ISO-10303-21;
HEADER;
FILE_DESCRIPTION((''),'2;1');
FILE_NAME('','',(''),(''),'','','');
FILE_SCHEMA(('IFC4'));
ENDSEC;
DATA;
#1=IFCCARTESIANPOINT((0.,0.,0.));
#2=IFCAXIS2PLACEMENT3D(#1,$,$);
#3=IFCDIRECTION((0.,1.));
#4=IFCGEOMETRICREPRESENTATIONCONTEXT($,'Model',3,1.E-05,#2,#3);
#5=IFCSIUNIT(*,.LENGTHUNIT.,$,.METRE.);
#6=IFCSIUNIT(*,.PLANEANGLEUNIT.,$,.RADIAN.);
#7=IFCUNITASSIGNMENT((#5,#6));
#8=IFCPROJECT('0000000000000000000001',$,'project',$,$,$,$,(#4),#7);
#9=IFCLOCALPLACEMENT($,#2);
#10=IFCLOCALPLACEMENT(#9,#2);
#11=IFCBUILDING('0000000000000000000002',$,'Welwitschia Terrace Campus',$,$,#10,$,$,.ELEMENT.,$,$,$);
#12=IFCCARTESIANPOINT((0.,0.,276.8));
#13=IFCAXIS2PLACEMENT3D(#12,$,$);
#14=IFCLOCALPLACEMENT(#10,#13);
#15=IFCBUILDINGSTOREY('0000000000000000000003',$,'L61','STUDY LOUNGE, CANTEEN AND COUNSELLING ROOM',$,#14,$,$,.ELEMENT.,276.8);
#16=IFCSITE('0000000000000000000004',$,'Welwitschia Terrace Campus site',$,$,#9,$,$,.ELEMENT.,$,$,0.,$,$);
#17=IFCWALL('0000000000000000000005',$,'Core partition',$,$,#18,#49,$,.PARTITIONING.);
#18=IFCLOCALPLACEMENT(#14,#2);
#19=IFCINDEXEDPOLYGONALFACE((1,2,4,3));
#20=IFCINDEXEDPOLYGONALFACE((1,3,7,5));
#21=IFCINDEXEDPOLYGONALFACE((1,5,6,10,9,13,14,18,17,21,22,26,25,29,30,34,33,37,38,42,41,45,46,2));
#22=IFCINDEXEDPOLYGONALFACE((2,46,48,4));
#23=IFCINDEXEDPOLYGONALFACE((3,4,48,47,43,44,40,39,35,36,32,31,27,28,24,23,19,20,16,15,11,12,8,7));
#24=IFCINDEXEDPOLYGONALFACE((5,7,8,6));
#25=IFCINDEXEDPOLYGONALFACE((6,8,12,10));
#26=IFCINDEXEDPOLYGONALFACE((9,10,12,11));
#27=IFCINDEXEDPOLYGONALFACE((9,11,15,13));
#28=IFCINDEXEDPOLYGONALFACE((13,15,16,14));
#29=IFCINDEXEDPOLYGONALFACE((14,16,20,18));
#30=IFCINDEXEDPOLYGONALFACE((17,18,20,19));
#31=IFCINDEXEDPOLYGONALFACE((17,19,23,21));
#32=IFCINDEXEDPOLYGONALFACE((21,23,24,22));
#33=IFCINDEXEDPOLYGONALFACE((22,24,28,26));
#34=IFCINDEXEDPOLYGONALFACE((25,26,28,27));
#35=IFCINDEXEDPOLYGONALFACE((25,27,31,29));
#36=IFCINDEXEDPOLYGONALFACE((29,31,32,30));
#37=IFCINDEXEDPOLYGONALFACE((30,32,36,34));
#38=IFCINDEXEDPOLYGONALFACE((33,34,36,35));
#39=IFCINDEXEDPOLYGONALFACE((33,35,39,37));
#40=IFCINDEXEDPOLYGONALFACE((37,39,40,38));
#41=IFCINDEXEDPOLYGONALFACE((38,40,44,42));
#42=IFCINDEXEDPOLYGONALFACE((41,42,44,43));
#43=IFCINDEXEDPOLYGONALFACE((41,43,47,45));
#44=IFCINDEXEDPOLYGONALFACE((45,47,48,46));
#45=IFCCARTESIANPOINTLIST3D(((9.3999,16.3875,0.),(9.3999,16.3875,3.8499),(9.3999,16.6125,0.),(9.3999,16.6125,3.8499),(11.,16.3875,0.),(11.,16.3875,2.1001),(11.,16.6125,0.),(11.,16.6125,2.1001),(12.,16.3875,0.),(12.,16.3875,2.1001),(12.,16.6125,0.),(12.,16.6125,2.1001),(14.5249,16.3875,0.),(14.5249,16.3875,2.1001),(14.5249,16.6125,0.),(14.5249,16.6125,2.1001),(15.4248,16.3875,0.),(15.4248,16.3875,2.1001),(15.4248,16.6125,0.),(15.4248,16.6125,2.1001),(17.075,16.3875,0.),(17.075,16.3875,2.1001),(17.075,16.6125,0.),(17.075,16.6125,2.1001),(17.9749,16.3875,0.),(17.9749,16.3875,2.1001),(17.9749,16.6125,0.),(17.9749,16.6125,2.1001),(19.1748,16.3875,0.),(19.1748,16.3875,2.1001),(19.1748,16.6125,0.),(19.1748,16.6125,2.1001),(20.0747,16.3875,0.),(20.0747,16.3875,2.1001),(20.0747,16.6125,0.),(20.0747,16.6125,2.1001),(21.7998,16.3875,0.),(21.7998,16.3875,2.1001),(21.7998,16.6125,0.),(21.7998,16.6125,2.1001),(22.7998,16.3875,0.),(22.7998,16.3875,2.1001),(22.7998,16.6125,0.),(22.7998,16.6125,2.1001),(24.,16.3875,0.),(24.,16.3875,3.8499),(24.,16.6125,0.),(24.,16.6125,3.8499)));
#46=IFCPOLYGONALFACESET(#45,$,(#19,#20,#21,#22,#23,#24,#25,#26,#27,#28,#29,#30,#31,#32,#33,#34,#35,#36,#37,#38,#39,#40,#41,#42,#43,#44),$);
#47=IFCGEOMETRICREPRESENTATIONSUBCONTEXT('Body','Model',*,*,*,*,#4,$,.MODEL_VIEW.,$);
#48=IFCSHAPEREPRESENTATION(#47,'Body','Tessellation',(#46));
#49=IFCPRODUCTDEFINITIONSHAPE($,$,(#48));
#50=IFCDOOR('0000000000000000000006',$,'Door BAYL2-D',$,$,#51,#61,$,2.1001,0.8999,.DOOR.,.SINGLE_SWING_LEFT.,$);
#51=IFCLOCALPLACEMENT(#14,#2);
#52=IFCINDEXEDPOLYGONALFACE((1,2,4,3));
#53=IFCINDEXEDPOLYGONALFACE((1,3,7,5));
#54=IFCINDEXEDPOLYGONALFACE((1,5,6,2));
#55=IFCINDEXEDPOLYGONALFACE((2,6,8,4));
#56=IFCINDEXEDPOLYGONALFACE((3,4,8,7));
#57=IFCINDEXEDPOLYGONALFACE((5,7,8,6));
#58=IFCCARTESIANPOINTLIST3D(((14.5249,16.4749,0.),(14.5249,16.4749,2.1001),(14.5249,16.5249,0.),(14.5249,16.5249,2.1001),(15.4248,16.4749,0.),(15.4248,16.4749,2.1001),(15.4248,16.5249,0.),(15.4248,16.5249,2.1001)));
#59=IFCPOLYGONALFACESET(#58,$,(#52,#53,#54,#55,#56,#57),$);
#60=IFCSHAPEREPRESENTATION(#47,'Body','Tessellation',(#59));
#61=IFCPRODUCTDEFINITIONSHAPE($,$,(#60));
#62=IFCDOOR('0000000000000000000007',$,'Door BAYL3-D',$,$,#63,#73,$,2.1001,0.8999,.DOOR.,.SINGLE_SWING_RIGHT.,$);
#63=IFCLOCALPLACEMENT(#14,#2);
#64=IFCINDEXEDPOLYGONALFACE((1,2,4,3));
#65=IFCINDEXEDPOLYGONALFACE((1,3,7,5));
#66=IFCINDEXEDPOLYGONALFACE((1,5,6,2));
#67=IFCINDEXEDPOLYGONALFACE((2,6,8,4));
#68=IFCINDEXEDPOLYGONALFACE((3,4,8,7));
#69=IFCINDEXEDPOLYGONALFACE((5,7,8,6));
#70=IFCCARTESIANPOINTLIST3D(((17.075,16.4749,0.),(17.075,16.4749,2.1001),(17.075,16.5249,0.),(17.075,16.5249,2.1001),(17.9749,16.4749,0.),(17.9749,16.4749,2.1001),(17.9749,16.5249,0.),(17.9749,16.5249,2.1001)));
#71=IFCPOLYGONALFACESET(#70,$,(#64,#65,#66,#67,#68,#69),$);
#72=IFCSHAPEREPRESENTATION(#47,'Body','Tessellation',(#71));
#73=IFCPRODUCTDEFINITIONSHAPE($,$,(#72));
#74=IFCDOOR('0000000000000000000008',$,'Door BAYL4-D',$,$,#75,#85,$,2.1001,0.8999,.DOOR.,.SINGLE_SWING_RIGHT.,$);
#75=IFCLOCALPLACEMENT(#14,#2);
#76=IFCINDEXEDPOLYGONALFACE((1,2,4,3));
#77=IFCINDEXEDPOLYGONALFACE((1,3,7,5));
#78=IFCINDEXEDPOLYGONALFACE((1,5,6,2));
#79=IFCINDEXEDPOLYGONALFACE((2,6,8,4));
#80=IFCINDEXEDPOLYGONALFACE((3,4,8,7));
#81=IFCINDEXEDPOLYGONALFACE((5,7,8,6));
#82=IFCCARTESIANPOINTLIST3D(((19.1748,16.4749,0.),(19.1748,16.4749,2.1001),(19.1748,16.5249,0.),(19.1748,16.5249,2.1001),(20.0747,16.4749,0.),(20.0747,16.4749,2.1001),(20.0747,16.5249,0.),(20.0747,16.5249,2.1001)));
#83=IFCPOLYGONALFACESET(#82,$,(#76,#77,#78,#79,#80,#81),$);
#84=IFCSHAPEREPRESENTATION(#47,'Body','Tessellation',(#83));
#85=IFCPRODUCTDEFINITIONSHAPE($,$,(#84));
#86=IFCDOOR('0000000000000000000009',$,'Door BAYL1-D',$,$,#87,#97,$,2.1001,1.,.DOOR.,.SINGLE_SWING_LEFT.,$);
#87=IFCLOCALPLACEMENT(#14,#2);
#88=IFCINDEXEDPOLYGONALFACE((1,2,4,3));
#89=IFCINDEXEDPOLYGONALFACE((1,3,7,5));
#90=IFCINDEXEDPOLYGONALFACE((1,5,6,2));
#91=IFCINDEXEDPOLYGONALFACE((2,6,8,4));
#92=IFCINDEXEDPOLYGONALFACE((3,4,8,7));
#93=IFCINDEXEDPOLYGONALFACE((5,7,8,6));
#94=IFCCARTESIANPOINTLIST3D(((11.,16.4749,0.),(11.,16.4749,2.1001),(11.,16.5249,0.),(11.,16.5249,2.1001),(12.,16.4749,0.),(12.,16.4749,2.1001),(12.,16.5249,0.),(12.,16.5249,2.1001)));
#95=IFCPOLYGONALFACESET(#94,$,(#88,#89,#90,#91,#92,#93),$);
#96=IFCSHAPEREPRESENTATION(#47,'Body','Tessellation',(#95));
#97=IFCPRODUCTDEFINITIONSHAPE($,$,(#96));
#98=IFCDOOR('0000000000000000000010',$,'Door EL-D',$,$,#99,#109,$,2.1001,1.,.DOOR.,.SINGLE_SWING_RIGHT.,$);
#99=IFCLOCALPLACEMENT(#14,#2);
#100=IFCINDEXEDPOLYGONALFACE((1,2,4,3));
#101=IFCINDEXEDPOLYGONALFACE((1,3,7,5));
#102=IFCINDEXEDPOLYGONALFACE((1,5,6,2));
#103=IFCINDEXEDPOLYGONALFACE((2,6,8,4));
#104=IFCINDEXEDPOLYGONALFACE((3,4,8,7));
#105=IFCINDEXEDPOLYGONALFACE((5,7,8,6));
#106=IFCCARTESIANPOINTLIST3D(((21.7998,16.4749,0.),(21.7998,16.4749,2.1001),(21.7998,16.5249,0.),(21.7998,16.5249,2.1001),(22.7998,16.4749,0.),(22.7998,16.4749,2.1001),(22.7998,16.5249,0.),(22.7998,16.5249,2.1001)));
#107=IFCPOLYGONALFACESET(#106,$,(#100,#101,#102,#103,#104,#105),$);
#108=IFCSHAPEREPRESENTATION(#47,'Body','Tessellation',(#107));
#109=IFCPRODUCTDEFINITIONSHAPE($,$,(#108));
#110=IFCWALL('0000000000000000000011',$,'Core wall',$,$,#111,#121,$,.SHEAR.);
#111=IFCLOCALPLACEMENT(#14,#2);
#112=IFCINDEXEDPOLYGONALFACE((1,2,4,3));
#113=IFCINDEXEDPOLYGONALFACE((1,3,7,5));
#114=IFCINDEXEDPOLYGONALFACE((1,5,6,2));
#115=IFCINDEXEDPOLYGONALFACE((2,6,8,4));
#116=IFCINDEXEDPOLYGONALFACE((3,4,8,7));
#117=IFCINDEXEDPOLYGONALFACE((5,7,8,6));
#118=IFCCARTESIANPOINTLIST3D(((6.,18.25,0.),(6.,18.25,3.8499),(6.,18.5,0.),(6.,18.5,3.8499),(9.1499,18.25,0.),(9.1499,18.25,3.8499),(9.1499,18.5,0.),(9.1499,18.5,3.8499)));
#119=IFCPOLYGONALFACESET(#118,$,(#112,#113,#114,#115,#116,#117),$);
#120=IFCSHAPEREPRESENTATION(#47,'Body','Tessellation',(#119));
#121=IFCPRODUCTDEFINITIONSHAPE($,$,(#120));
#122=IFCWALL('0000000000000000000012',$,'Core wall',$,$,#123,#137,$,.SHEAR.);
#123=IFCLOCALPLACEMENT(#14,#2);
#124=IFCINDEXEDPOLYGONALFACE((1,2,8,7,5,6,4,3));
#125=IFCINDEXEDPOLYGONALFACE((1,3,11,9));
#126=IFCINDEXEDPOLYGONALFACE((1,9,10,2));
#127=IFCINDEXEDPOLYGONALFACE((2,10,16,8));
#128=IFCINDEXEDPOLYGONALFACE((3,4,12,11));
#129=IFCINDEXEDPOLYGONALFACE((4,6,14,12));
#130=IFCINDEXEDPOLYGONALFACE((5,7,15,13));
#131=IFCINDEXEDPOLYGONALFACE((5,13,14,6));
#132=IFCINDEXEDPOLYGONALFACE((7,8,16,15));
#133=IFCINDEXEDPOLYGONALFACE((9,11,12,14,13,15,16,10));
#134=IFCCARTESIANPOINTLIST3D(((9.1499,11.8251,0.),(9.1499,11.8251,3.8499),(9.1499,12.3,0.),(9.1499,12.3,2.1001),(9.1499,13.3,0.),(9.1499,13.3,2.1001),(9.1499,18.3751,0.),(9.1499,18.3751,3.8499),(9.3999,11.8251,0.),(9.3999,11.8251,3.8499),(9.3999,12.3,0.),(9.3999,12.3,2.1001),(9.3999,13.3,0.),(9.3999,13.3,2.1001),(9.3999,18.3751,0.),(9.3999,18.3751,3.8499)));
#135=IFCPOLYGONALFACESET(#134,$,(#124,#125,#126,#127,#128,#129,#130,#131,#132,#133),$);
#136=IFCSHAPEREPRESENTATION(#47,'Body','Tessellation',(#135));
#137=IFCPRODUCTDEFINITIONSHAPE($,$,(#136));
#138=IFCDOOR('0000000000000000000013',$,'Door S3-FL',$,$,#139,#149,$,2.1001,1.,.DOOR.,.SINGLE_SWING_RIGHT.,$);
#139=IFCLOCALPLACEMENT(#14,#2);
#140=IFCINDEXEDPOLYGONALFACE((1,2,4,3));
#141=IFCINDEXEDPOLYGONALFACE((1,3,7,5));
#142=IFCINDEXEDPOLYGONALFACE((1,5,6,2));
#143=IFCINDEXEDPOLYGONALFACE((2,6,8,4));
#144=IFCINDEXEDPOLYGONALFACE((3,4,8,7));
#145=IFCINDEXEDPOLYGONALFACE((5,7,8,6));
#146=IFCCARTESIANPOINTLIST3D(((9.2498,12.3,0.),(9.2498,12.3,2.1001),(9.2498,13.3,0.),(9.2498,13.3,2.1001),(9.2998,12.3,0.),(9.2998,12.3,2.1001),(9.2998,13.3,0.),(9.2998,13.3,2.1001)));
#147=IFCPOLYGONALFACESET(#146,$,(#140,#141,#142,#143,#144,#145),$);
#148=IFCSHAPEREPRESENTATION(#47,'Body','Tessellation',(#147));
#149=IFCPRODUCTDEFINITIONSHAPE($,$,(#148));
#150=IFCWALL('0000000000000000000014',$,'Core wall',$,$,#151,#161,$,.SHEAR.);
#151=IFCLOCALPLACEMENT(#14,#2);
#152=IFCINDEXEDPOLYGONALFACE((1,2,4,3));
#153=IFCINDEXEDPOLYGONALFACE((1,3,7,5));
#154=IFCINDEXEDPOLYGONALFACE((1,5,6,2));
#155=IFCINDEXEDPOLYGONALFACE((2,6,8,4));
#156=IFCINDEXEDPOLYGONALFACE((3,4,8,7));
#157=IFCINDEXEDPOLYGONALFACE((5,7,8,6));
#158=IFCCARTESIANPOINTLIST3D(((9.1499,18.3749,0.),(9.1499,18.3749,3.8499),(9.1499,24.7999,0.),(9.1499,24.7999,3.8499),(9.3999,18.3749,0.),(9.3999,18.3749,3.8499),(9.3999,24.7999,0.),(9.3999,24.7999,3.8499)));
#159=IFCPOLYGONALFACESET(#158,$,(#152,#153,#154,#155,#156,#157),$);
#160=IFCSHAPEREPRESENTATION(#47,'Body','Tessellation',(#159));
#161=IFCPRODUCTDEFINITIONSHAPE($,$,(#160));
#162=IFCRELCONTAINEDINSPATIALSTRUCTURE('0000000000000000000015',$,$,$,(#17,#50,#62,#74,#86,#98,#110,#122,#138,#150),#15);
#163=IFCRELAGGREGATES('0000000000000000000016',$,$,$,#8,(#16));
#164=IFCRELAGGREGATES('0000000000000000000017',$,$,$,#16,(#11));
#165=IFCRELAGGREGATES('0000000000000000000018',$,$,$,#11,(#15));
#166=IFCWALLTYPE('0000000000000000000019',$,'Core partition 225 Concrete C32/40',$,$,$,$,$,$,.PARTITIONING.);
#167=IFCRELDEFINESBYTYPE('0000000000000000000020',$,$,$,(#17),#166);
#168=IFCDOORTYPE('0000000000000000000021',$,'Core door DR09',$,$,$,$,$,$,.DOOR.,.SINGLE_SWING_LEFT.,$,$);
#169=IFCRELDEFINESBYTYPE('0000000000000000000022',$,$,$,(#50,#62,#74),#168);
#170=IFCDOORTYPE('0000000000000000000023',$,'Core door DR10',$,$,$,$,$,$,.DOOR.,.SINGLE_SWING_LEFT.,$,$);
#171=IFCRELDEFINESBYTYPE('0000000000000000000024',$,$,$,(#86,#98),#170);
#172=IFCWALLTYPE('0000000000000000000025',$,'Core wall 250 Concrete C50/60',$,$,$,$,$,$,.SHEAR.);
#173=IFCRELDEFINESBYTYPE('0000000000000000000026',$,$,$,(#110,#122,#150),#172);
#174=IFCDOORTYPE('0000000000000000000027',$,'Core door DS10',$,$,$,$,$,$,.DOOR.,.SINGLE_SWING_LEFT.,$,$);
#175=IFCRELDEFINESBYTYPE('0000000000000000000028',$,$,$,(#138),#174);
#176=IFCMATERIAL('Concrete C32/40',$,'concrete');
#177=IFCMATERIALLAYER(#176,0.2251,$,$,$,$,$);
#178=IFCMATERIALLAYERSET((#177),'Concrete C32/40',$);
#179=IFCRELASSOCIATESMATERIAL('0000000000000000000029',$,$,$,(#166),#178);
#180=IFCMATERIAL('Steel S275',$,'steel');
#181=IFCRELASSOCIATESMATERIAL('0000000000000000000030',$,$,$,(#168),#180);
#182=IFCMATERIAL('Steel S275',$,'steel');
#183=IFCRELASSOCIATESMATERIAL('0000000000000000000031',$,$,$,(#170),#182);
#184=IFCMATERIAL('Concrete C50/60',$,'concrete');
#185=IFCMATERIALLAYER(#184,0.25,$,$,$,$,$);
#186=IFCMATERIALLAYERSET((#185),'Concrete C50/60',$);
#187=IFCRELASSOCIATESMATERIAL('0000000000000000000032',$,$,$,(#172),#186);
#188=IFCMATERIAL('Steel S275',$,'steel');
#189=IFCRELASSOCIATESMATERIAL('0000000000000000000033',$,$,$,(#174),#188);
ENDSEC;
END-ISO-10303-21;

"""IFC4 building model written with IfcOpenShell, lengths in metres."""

from ifc_helpers import new_model, si_unit, direction, frame, frame_2d, origin, place, context, subcontext, project, spatial, rectangle, extrude, material, layer, layer_set, type_object, element, fill, save


model = new_model("IFC4")

# Units and contexts
model_context = context("Model", 3, precision=1e-05, world=origin(), true_north=direction((0.0, 1.0)))
body_context = subcontext(model_context, "Body", "Model", "MODEL_VIEW")
ifc_project = project(units=[si_unit("LENGTHUNIT", "METRE"), si_unit("PLANEANGLEUNIT", "RADIAN")], contexts=[model_context])

# Site, building, storey
site_placement = place(None, origin())
site = spatial("IfcSite", under=ifc_project, at=site_placement, Name="Welwitschia Terrace Campus site", CompositionType="ELEMENT", RefElevation=0.0)
building_placement = place(site_placement, origin())
building = spatial("IfcBuilding", under=site, at=building_placement, Name="Welwitschia Terrace Campus", CompositionType="ELEMENT")
storey_placement = place(building_placement, frame((0.0, 0.0, 276.8)))
storey = spatial("IfcBuildingStorey", under=building, at=storey_placement, Name="L61", Description="STUDY LOUNGE, CANTEEN AND COUNSELLING ROOM", CompositionType="ELEMENT", Elevation=276.8)

# Shared definitions
ifc_material_1 = material(Name="Concrete C32/40", Category="concrete")
ifc_layer_1 = layer(ifc_material_1, 0.2251)
ifc_layer_set_1 = layer_set([ifc_layer_1], Name="Concrete C32/40")
wall_type_1 = type_object("IfcWallType", Name="Core partition 225 Concrete C32/40", PredefinedType="PARTITIONING", material=ifc_layer_set_1)

# Wall, openings, doors
wall_1_placement = place(storey_placement, frame((9.3999, 16.5, 0.0), z_axis=(0.0, 0.0, 1.0), x_axis=(1.0, 0.0, 0.0)))
wall_1 = element("IfcWall", 1, at=wall_1_placement, inside=storey, type_object=wall_type_1, Name="Core partition", PredefinedType="PARTITIONING", context=body_context, shape_type="SweptSolid", body=[
    extrude(rectangle(XDim=14.6001, YDim=0.2251, at=frame_2d((7.3, 0.0))), origin(), (0.0, 0.0, 1.0), 3.8499),
])
opening_1_placement = place(wall_1_placement, frame((1.6001, 0.0, 0.0)))
opening_1 = element("IfcOpeningElement", 2, at=opening_1_placement, cuts=wall_1, PredefinedType="OPENING", context=body_context, shape_type="SweptSolid", body=[
    extrude(rectangle(XDim=1.0, YDim=2.1001, at=frame_2d((0.5, 1.05))), frame((0.0, 0.1226, 0.0), z_axis=(0.0, -1.0, 0.0), x_axis=(1.0, 0.0, 0.0)), (0.0, 0.0, 1.0), 0.2451),
])
opening_2_placement = place(wall_1_placement, frame((5.125, 0.0, 0.0)))
opening_2 = element("IfcOpeningElement", 3, at=opening_2_placement, cuts=wall_1, PredefinedType="OPENING", context=body_context, shape_type="SweptSolid", body=[
    extrude(rectangle(XDim=0.8999, YDim=2.1001, at=frame_2d((0.45, 1.05))), frame((0.0, 0.1226, 0.0), z_axis=(0.0, -1.0, 0.0), x_axis=(1.0, 0.0, 0.0)), (0.0, 0.0, 1.0), 0.2451),
])
opening_3_placement = place(wall_1_placement, frame((7.675, 0.0, 0.0)))
opening_3 = element("IfcOpeningElement", 4, at=opening_3_placement, cuts=wall_1, PredefinedType="OPENING", context=body_context, shape_type="SweptSolid", body=[
    extrude(rectangle(XDim=0.8999, YDim=2.1001, at=frame_2d((0.45, 1.05))), frame((0.0, 0.1226, 0.0), z_axis=(0.0, -1.0, 0.0), x_axis=(1.0, 0.0, 0.0)), (0.0, 0.0, 1.0), 0.2451),
])
opening_4_placement = place(wall_1_placement, frame((9.7749, 0.0, 0.0)))
opening_4 = element("IfcOpeningElement", 5, at=opening_4_placement, cuts=wall_1, PredefinedType="OPENING", context=body_context, shape_type="SweptSolid", body=[
    extrude(rectangle(XDim=0.8999, YDim=2.1001, at=frame_2d((0.45, 1.05))), frame((0.0, 0.1226, 0.0), z_axis=(0.0, -1.0, 0.0), x_axis=(1.0, 0.0, 0.0)), (0.0, 0.0, 1.0), 0.2451),
])
opening_5_placement = place(wall_1_placement, frame((12.3999, 0.0, 0.0)))
opening_5 = element("IfcOpeningElement", 6, at=opening_5_placement, cuts=wall_1, PredefinedType="OPENING", context=body_context, shape_type="SweptSolid", body=[
    extrude(rectangle(XDim=1.0, YDim=2.1001, at=frame_2d((0.5, 1.05))), frame((0.0, 0.1226, 0.0), z_axis=(0.0, -1.0, 0.0), x_axis=(1.0, 0.0, 0.0)), (0.0, 0.0, 1.0), 0.2451),
])
ifc_material_2 = material(Name="Steel S275", Category="steel")
door_type_1 = type_object("IfcDoorType", Name="Core door DR09", OperationType="SINGLE_SWING_LEFT", PredefinedType="DOOR", material=ifc_material_2)
door_1_placement = place(opening_2_placement, origin())
door_1 = element("IfcDoor", 7, at=door_1_placement, inside=storey, type_object=door_type_1, Name="Door BAYL2-D", OperationType="SINGLE_SWING_LEFT", OverallHeight=2.1001, OverallWidth=0.8999, PredefinedType="DOOR", context=body_context, shape_type="SweptSolid", body=[
    extrude(rectangle(XDim=0.8999, YDim=2.1001, at=frame_2d((0.45, 1.05))), frame((0.0, 0.0249, 0.0), z_axis=(0.0, -1.0, 0.0), x_axis=(1.0, 0.0, 0.0)), (0.0, 0.0, 1.0), 0.05),
])
fill(opening_2, door_1)
door_2_placement = place(opening_3_placement, origin())
door_2 = element("IfcDoor", 8, at=door_2_placement, inside=storey, type_object=door_type_1, Name="Door BAYL3-D", OperationType="SINGLE_SWING_RIGHT", OverallHeight=2.1001, OverallWidth=0.8999, PredefinedType="DOOR", context=body_context, shape_type="SweptSolid", body=[
    extrude(rectangle(XDim=0.8999, YDim=2.1001, at=frame_2d((0.45, 1.05))), frame((0.0, 0.0249, 0.0), z_axis=(0.0, -1.0, 0.0), x_axis=(1.0, 0.0, 0.0)), (0.0, 0.0, 1.0), 0.05),
])
fill(opening_3, door_2)
door_3_placement = place(opening_4_placement, origin())
door_3 = element("IfcDoor", 9, at=door_3_placement, inside=storey, type_object=door_type_1, Name="Door BAYL4-D", OperationType="SINGLE_SWING_RIGHT", OverallHeight=2.1001, OverallWidth=0.8999, PredefinedType="DOOR", context=body_context, shape_type="SweptSolid", body=[
    extrude(rectangle(XDim=0.8999, YDim=2.1001, at=frame_2d((0.45, 1.05))), frame((0.0, 0.0249, 0.0), z_axis=(0.0, -1.0, 0.0), x_axis=(1.0, 0.0, 0.0)), (0.0, 0.0, 1.0), 0.05),
])
fill(opening_4, door_3)
ifc_material_3 = material(Name="Steel S275", Category="steel")
door_type_2 = type_object("IfcDoorType", Name="Core door DR10", OperationType="SINGLE_SWING_LEFT", PredefinedType="DOOR", material=ifc_material_3)
door_4_placement = place(opening_1_placement, origin())
door_4 = element("IfcDoor", 10, at=door_4_placement, inside=storey, type_object=door_type_2, Name="Door BAYL1-D", OperationType="SINGLE_SWING_LEFT", OverallHeight=2.1001, OverallWidth=1.0, PredefinedType="DOOR", context=body_context, shape_type="SweptSolid", body=[
    extrude(rectangle(XDim=1.0, YDim=2.1001, at=frame_2d((0.5, 1.05))), frame((0.0, 0.0249, 0.0), z_axis=(0.0, -1.0, 0.0), x_axis=(1.0, 0.0, 0.0)), (0.0, 0.0, 1.0), 0.05),
])
fill(opening_1, door_4)
door_5_placement = place(opening_5_placement, origin())
door_5 = element("IfcDoor", 11, at=door_5_placement, inside=storey, type_object=door_type_2, Name="Door EL-D", OperationType="SINGLE_SWING_RIGHT", OverallHeight=2.1001, OverallWidth=1.0, PredefinedType="DOOR", context=body_context, shape_type="SweptSolid", body=[
    extrude(rectangle(XDim=1.0, YDim=2.1001, at=frame_2d((0.5, 1.05))), frame((0.0, 0.0249, 0.0), z_axis=(0.0, -1.0, 0.0), x_axis=(1.0, 0.0, 0.0)), (0.0, 0.0, 1.0), 0.05),
])
fill(opening_5, door_5)

# Wall
ifc_material_4 = material(Name="Concrete C50/60", Category="concrete")
ifc_layer_2 = layer(ifc_material_4, 0.25)
ifc_layer_set_2 = layer_set([ifc_layer_2], Name="Concrete C50/60")
wall_type_2 = type_object("IfcWallType", Name="Core wall 250 Concrete C50/60", PredefinedType="SHEAR", material=ifc_layer_set_2)
wall_2_placement = place(storey_placement, frame((6.0, 18.375, 0.0), z_axis=(0.0, 0.0, 1.0), x_axis=(1.0, 0.0, 0.0)))
element("IfcWall", 12, at=wall_2_placement, inside=storey, type_object=wall_type_2, Name="Core wall", PredefinedType="SHEAR", context=body_context, shape_type="SweptSolid", body=[
    extrude(rectangle(XDim=3.1499, YDim=0.25, at=frame_2d((1.575, 0.0))), origin(), (0.0, 0.0, 1.0), 3.8499),
])

# Wall, opening, door
wall_3_placement = place(storey_placement, frame((9.2749, 18.375, 0.0), z_axis=(0.0, 0.0, 1.0), x_axis=(0.0, -1.0, 0.0)))
wall_3 = element("IfcWall", 13, at=wall_3_placement, inside=storey, type_object=wall_type_2, Name="Core wall", PredefinedType="SHEAR", context=body_context, shape_type="SweptSolid", body=[
    extrude(rectangle(XDim=6.55, YDim=0.25, at=frame_2d((3.2749, 0.0))), origin(), (0.0, 0.0, 1.0), 3.8499),
])
opening_6_placement = place(wall_3_placement, frame((5.075, 0.0, 0.0)))
opening_6 = element("IfcOpeningElement", 14, at=opening_6_placement, cuts=wall_3, PredefinedType="OPENING", context=body_context, shape_type="SweptSolid", body=[
    extrude(rectangle(XDim=1.0, YDim=2.1001, at=frame_2d((0.5, 1.05))), frame((0.0, 0.135, 0.0), z_axis=(0.0, -1.0, 0.0), x_axis=(1.0, 0.0, 0.0)), (0.0, 0.0, 1.0), 0.27),
])
ifc_material_5 = material(Name="Steel S275", Category="steel")
door_type_3 = type_object("IfcDoorType", Name="Core door DS10", OperationType="SINGLE_SWING_LEFT", PredefinedType="DOOR", material=ifc_material_5)
door_6_placement = place(opening_6_placement, origin())
door_6 = element("IfcDoor", 15, at=door_6_placement, inside=storey, type_object=door_type_3, Name="Door S3-FL", OperationType="SINGLE_SWING_RIGHT", OverallHeight=2.1001, OverallWidth=1.0, PredefinedType="DOOR", context=body_context, shape_type="SweptSolid", body=[
    extrude(rectangle(XDim=1.0, YDim=2.1001, at=frame_2d((0.5, 1.05))), frame((0.0, 0.0249, 0.0), z_axis=(0.0, -1.0, 0.0), x_axis=(1.0, 0.0, 0.0)), (0.0, 0.0, 1.0), 0.05),
])
fill(opening_6, door_6)

# Wall
wall_4_placement = place(storey_placement, frame((9.2749, 18.375, 0.0), z_axis=(0.0, 0.0, 1.0), x_axis=(0.0, 1.0, 0.0)))
element("IfcWall", 16, at=wall_4_placement, inside=storey, type_object=wall_type_2, Name="Core wall", PredefinedType="SHEAR", context=body_context, shape_type="SweptSolid", body=[
    extrude(rectangle(XDim=6.425, YDim=0.25, at=frame_2d((3.2124, 0.0))), origin(), (0.0, 0.0, 1.0), 3.8499),
])

save(model, "model.ifc")
